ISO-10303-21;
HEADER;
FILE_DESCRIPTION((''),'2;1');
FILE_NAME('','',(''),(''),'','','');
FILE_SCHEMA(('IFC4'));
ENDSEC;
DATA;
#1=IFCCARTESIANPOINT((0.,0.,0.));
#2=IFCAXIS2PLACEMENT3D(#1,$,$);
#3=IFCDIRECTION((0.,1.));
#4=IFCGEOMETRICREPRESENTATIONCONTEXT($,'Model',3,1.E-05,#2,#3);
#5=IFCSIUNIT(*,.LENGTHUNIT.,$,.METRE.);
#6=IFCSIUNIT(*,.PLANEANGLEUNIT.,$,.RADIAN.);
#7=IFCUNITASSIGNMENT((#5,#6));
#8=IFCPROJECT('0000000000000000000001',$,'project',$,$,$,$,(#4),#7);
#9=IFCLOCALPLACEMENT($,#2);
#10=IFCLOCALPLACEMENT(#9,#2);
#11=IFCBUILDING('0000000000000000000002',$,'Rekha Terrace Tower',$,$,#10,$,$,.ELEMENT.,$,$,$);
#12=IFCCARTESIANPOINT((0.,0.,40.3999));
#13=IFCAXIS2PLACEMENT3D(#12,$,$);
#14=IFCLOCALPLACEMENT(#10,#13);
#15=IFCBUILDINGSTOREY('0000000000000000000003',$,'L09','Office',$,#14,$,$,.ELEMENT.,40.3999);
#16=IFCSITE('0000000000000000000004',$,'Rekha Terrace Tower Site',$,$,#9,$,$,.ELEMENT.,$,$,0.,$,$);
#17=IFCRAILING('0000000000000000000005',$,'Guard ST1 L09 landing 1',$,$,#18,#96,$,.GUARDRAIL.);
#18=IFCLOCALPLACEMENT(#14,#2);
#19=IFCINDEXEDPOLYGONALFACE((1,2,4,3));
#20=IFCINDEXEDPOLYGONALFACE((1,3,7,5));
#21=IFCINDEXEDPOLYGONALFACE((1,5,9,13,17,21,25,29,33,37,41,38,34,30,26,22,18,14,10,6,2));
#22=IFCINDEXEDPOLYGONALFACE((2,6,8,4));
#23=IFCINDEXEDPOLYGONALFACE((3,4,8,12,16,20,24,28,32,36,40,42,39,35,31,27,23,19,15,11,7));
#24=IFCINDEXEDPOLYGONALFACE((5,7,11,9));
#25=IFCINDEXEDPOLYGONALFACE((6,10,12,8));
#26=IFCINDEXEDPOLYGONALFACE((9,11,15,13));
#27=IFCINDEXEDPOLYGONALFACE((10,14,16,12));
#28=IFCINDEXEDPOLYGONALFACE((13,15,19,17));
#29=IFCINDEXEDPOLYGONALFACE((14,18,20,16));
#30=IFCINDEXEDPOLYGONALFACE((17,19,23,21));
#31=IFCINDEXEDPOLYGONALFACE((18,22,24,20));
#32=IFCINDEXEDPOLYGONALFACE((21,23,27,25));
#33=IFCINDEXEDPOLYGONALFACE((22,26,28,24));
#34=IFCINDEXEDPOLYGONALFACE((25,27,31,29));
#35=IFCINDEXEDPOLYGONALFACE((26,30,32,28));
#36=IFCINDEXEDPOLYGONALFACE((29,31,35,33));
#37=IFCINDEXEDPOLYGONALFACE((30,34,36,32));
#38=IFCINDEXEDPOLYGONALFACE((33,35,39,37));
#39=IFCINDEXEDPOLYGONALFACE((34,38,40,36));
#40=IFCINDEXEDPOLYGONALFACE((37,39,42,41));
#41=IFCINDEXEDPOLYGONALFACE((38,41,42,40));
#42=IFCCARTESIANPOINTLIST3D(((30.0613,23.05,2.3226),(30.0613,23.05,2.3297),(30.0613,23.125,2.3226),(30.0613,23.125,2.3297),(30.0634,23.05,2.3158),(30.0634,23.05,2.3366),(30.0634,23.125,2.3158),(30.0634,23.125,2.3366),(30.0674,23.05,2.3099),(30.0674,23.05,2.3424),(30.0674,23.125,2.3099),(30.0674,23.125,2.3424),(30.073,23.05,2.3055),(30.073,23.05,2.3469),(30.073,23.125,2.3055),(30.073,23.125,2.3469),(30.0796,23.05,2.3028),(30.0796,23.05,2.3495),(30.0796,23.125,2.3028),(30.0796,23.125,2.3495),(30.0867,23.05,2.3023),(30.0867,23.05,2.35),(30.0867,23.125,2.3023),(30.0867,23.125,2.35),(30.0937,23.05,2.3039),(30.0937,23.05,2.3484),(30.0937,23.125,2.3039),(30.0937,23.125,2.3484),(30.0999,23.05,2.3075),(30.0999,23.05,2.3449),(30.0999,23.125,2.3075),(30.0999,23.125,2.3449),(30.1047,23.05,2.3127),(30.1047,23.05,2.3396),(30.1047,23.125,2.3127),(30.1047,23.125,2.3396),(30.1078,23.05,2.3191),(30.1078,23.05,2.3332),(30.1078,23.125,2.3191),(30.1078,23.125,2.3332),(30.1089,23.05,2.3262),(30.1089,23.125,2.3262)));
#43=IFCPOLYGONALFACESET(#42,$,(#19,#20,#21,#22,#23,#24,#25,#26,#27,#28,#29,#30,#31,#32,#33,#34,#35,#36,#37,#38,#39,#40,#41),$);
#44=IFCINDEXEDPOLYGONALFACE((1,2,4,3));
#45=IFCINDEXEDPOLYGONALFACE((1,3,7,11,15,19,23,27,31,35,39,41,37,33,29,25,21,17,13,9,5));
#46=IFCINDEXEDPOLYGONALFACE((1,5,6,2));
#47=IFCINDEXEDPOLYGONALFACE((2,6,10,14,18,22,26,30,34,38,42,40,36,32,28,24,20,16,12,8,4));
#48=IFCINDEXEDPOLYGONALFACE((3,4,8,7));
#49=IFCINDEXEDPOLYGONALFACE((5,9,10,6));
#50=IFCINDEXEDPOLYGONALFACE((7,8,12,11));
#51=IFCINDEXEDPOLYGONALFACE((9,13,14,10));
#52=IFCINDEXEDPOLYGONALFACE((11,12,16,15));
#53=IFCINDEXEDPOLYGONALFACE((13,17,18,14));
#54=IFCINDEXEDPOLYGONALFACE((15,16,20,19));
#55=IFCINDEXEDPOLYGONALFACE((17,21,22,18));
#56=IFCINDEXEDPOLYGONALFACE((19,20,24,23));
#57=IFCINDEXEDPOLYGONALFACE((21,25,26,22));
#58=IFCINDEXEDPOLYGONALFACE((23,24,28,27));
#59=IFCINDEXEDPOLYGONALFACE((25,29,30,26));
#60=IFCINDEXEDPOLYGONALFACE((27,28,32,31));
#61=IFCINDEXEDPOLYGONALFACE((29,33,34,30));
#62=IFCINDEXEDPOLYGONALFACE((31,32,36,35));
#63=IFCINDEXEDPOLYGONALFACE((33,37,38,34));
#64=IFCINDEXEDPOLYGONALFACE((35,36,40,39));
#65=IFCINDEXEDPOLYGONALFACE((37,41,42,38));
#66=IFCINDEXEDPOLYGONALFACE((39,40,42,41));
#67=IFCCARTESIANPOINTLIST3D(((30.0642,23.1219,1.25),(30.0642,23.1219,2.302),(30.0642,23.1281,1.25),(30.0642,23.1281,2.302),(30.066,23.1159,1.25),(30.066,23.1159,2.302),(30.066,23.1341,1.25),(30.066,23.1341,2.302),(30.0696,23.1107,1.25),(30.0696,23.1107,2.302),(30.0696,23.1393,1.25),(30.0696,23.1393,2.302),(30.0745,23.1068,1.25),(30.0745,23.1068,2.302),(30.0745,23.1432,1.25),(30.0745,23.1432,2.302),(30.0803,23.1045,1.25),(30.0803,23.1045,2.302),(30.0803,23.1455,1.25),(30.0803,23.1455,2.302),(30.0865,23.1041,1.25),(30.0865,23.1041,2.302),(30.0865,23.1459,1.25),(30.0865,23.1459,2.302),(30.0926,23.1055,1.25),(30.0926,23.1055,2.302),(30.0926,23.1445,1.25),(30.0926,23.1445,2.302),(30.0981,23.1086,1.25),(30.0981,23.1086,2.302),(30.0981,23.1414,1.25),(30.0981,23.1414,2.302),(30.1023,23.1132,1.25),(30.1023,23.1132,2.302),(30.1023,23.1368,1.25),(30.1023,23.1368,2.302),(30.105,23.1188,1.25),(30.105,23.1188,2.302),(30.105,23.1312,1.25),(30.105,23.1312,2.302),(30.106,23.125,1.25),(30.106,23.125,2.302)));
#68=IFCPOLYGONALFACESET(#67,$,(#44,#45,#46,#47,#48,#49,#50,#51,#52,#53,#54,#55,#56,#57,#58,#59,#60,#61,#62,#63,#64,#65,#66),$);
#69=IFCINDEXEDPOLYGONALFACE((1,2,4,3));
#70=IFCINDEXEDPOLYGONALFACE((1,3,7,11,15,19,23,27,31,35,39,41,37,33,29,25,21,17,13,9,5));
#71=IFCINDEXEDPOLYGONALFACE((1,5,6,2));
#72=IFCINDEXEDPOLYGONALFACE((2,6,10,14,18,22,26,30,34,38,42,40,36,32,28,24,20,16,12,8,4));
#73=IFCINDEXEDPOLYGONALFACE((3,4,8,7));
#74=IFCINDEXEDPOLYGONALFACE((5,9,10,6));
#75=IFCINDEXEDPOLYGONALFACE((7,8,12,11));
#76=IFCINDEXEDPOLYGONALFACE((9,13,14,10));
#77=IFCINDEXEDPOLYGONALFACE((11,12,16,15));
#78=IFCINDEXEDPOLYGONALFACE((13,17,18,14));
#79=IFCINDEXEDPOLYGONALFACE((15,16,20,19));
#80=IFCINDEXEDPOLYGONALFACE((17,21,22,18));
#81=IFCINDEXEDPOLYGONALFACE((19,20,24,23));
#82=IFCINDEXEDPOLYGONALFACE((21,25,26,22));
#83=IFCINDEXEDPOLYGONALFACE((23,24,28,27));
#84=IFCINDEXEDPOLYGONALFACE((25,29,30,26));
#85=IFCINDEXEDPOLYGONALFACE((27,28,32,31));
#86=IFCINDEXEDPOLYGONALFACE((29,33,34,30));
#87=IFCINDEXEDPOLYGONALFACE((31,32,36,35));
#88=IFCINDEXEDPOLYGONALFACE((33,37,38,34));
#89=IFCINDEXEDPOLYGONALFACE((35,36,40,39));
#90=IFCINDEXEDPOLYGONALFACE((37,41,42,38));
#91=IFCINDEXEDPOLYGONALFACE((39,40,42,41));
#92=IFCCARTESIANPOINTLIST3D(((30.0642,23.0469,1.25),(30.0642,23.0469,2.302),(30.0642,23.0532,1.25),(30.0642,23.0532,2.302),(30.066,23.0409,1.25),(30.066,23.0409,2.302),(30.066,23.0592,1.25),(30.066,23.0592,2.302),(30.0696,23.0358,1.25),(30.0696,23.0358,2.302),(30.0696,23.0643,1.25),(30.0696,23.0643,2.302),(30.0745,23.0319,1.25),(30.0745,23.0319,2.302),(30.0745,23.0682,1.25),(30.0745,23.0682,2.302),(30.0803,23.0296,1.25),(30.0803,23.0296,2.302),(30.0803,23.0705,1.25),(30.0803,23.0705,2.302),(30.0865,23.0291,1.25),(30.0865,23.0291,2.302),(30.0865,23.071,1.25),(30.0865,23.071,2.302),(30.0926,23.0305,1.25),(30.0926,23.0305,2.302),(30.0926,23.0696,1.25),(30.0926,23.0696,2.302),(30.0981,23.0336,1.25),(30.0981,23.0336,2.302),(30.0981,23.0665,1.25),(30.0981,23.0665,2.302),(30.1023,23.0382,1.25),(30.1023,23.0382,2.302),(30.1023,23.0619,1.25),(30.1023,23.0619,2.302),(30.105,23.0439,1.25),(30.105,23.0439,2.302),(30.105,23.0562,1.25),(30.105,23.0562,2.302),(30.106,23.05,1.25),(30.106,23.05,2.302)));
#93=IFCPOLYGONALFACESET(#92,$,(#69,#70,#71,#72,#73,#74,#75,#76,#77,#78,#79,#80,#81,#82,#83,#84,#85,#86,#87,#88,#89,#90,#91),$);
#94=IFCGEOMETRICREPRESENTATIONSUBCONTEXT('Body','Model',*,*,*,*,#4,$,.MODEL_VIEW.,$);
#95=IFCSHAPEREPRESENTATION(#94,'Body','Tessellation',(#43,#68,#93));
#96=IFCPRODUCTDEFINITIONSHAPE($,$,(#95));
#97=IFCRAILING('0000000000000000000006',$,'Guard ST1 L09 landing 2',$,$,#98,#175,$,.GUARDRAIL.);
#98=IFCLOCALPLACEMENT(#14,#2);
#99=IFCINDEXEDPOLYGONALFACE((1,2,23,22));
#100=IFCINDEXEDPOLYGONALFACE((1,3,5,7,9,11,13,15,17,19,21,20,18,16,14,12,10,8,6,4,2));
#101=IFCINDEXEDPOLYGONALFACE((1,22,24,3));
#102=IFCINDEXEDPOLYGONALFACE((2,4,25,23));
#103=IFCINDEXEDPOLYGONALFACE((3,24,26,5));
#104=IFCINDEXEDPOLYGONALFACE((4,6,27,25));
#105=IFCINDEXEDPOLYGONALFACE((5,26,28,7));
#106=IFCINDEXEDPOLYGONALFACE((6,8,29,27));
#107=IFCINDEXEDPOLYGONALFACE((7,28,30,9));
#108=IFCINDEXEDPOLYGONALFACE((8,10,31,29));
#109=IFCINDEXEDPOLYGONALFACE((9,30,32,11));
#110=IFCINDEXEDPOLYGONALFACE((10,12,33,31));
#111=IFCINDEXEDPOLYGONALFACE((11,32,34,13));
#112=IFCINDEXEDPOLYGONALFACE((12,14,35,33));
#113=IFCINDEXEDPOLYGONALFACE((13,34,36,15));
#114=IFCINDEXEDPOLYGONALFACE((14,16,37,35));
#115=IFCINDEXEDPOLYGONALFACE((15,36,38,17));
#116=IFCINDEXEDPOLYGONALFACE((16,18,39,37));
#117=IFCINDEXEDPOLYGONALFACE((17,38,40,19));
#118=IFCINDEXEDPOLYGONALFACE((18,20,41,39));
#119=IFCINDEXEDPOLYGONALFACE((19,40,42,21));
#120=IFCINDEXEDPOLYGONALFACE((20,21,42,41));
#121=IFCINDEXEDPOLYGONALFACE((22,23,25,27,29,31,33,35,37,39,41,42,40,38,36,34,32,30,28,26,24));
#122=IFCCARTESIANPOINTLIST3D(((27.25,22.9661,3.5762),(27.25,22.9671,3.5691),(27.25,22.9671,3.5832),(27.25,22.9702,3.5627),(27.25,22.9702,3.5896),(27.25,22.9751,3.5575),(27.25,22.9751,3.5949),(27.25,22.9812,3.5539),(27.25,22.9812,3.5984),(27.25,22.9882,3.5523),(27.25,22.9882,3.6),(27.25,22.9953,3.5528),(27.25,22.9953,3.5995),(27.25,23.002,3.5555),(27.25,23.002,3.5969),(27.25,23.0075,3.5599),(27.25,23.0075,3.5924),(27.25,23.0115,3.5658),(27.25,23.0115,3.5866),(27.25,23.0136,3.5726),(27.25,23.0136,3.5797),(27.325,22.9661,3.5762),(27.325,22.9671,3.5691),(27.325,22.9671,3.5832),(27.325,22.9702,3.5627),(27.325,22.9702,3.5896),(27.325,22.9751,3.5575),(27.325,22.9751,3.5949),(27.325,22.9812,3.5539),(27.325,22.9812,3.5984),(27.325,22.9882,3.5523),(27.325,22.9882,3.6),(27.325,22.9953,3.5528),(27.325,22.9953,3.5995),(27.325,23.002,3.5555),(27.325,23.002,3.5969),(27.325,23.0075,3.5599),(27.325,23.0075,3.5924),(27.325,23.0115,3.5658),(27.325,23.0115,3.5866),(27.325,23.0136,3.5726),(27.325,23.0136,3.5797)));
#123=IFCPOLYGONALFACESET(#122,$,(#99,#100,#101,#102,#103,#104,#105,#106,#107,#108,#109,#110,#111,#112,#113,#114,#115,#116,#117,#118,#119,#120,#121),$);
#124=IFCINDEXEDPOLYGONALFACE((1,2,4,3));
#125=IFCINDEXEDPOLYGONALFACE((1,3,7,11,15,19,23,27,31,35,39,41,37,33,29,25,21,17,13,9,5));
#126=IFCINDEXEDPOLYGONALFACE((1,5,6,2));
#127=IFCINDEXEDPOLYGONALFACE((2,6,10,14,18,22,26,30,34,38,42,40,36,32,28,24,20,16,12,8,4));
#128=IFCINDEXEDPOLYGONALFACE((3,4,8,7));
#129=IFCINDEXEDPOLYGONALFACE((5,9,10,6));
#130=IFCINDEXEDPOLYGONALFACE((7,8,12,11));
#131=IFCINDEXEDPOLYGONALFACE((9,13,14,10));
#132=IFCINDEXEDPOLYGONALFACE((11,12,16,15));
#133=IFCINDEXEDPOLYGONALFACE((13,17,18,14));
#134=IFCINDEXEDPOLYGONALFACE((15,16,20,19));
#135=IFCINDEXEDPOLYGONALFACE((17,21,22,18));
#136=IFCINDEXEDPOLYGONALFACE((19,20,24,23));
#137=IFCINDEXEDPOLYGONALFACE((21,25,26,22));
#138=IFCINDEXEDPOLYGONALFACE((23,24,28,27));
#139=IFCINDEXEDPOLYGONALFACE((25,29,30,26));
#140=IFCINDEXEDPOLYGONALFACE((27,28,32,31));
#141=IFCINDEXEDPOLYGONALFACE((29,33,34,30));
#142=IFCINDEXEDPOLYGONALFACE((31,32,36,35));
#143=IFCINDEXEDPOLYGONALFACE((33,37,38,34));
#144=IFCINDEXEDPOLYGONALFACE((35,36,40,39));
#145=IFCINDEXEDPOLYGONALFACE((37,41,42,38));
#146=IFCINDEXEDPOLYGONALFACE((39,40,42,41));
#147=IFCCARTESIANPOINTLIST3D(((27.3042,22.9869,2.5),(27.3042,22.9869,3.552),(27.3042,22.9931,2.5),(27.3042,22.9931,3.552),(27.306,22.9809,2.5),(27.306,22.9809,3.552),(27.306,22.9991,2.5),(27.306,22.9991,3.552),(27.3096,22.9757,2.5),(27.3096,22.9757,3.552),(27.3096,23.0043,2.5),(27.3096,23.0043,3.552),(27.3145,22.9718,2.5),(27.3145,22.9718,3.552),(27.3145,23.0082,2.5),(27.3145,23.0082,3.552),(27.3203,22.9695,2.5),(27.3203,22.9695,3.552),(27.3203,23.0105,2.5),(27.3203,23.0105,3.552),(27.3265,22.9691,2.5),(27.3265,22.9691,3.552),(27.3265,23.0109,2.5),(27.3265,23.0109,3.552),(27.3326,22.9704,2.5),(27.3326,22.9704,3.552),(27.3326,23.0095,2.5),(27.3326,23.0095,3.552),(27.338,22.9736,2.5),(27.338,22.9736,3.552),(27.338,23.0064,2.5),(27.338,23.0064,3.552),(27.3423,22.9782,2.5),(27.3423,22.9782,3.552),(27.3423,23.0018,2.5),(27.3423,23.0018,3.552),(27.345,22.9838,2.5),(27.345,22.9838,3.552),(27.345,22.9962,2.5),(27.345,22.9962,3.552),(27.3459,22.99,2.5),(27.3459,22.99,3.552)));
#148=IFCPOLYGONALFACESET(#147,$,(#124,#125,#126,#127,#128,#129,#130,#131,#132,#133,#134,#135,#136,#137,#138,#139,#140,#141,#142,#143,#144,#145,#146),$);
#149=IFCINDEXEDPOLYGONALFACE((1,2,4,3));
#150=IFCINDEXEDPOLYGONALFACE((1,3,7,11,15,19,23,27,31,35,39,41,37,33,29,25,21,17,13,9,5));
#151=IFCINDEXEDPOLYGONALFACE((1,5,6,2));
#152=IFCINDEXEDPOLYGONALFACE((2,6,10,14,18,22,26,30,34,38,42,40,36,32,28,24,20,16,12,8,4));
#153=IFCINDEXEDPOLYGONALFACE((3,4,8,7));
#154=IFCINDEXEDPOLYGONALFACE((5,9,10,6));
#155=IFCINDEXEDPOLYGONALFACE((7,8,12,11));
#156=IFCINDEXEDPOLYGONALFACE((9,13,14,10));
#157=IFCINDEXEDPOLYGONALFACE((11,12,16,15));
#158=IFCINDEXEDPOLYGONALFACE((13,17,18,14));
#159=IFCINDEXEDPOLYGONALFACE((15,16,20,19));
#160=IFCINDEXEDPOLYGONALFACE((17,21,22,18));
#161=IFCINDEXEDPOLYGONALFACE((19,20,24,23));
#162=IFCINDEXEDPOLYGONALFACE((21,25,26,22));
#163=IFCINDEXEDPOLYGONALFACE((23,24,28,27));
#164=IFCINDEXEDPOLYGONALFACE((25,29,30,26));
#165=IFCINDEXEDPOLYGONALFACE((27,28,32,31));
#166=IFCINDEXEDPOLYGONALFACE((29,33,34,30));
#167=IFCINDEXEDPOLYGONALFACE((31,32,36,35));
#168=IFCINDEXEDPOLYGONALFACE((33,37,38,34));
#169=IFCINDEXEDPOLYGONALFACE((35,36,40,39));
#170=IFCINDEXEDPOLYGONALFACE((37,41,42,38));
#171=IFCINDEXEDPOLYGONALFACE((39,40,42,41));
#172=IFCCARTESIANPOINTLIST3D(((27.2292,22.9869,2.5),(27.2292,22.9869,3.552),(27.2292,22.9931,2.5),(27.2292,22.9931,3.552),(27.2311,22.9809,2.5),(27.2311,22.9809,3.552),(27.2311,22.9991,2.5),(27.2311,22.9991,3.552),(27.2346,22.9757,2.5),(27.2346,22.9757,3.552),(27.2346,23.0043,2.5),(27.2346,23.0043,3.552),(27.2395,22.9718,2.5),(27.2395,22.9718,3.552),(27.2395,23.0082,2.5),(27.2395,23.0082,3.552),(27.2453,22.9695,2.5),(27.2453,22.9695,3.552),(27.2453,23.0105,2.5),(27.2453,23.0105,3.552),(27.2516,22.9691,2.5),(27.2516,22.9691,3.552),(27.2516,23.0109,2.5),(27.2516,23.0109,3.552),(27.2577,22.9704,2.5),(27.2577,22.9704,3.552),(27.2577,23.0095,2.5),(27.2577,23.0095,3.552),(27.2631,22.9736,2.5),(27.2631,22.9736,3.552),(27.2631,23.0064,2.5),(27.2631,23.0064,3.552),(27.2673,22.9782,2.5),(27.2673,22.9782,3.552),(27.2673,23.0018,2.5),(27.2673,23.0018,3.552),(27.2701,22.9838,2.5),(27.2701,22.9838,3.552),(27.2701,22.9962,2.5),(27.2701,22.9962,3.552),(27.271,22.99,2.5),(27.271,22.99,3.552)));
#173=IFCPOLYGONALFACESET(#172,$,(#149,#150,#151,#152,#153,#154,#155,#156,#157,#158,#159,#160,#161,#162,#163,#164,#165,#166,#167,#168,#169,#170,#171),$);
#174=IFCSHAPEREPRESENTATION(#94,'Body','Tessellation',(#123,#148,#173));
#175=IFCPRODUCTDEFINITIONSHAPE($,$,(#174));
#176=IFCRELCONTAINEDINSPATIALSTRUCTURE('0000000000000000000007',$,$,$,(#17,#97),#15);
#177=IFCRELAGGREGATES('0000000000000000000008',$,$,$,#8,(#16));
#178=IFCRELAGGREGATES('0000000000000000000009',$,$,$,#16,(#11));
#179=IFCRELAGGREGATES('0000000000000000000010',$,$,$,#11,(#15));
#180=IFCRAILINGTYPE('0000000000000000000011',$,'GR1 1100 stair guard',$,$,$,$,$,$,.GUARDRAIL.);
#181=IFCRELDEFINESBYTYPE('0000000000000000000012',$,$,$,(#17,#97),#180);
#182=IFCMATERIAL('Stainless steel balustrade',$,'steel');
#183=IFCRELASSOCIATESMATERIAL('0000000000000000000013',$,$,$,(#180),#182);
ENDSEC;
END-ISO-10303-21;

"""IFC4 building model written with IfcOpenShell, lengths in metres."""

from ifc_helpers import new_model, si_unit, direction, frame, origin, origin_2d, place, context, subcontext, project, spatial, circle, extrude, material, type_object, element, save


model = new_model("IFC4")

# Units and contexts
model_context = context("Model", 3, precision=1e-05, world=origin(), true_north=direction((0.0, 1.0)))
body_context = subcontext(model_context, "Body", "Model", "MODEL_VIEW")
ifc_project = project(units=[si_unit("LENGTHUNIT", "METRE"), si_unit("PLANEANGLEUNIT", "RADIAN")], contexts=[model_context])

# Site, building, storey
site_placement = place(None, origin())
site = spatial("IfcSite", under=ifc_project, at=site_placement, Name="Rekha Terrace Tower Site", CompositionType="ELEMENT", RefElevation=0.0)
building_placement = place(site_placement, origin())
building = spatial("IfcBuilding", under=site, at=building_placement, Name="Rekha Terrace Tower", CompositionType="ELEMENT")
storey_placement = place(building_placement, frame((0.0, 0.0, 40.3999)))
storey = spatial("IfcBuildingStorey", under=building, at=storey_placement, Name="L09", Description="Office", CompositionType="ELEMENT", Elevation=40.3999)

# Railings
ifc_material_1 = material(Name="Stainless steel balustrade", Category="steel")
railing_type_1 = type_object("IfcRailingType", Name="GR1 1100 stair guard", PredefinedType="GUARDRAIL", material=ifc_material_1)
railing_1_placement = place(storey_placement, frame((30.085, 23.125, 1.25)))
element("IfcRailing", 1, at=railing_1_placement, inside=storey, type_object=railing_type_1, Name="Guard ST1 L09 landing 1", PredefinedType="GUARDRAIL", context=body_context, shape_type="SweptSolid", body=[
    extrude(circle(Radius=0.0239, at=origin_2d()), frame((0.0, 0.0, 1.0762), z_axis=(0.0, -1.0, 0.0), x_axis=(1.0, 0.0, 0.0)), (0.0, 0.0, 1.0), 0.075),
    extrude(circle(Radius=0.021, at=origin_2d()), origin(), (0.0, 0.0, 1.0), 1.052),
    extrude(circle(Radius=0.021, at=origin_2d()), frame((0.0, -0.075, 0.0)), (0.0, 0.0, 1.0), 1.052),
])
railing_2_placement = place(storey_placement, frame((27.325, 22.99, 2.5)))
element("IfcRailing", 2, at=railing_2_placement, inside=storey, type_object=railing_type_1, Name="Guard ST1 L09 landing 2", PredefinedType="GUARDRAIL", context=body_context, shape_type="SweptSolid", body=[
    extrude(circle(Radius=0.0239, at=origin_2d()), frame((0.0, 0.0, 1.0762), z_axis=(-1.0, 0.0, 0.0), x_axis=(0.0, -1.0, 0.0)), (0.0, 0.0, 1.0), 0.075),
    extrude(circle(Radius=0.021, at=origin_2d()), origin(), (0.0, 0.0, 1.0), 1.052),
    extrude(circle(Radius=0.021, at=origin_2d()), frame((-0.075, 0.0, 0.0)), (0.0, 0.0, 1.0), 1.052),
])

save(model, "model.ifc")
